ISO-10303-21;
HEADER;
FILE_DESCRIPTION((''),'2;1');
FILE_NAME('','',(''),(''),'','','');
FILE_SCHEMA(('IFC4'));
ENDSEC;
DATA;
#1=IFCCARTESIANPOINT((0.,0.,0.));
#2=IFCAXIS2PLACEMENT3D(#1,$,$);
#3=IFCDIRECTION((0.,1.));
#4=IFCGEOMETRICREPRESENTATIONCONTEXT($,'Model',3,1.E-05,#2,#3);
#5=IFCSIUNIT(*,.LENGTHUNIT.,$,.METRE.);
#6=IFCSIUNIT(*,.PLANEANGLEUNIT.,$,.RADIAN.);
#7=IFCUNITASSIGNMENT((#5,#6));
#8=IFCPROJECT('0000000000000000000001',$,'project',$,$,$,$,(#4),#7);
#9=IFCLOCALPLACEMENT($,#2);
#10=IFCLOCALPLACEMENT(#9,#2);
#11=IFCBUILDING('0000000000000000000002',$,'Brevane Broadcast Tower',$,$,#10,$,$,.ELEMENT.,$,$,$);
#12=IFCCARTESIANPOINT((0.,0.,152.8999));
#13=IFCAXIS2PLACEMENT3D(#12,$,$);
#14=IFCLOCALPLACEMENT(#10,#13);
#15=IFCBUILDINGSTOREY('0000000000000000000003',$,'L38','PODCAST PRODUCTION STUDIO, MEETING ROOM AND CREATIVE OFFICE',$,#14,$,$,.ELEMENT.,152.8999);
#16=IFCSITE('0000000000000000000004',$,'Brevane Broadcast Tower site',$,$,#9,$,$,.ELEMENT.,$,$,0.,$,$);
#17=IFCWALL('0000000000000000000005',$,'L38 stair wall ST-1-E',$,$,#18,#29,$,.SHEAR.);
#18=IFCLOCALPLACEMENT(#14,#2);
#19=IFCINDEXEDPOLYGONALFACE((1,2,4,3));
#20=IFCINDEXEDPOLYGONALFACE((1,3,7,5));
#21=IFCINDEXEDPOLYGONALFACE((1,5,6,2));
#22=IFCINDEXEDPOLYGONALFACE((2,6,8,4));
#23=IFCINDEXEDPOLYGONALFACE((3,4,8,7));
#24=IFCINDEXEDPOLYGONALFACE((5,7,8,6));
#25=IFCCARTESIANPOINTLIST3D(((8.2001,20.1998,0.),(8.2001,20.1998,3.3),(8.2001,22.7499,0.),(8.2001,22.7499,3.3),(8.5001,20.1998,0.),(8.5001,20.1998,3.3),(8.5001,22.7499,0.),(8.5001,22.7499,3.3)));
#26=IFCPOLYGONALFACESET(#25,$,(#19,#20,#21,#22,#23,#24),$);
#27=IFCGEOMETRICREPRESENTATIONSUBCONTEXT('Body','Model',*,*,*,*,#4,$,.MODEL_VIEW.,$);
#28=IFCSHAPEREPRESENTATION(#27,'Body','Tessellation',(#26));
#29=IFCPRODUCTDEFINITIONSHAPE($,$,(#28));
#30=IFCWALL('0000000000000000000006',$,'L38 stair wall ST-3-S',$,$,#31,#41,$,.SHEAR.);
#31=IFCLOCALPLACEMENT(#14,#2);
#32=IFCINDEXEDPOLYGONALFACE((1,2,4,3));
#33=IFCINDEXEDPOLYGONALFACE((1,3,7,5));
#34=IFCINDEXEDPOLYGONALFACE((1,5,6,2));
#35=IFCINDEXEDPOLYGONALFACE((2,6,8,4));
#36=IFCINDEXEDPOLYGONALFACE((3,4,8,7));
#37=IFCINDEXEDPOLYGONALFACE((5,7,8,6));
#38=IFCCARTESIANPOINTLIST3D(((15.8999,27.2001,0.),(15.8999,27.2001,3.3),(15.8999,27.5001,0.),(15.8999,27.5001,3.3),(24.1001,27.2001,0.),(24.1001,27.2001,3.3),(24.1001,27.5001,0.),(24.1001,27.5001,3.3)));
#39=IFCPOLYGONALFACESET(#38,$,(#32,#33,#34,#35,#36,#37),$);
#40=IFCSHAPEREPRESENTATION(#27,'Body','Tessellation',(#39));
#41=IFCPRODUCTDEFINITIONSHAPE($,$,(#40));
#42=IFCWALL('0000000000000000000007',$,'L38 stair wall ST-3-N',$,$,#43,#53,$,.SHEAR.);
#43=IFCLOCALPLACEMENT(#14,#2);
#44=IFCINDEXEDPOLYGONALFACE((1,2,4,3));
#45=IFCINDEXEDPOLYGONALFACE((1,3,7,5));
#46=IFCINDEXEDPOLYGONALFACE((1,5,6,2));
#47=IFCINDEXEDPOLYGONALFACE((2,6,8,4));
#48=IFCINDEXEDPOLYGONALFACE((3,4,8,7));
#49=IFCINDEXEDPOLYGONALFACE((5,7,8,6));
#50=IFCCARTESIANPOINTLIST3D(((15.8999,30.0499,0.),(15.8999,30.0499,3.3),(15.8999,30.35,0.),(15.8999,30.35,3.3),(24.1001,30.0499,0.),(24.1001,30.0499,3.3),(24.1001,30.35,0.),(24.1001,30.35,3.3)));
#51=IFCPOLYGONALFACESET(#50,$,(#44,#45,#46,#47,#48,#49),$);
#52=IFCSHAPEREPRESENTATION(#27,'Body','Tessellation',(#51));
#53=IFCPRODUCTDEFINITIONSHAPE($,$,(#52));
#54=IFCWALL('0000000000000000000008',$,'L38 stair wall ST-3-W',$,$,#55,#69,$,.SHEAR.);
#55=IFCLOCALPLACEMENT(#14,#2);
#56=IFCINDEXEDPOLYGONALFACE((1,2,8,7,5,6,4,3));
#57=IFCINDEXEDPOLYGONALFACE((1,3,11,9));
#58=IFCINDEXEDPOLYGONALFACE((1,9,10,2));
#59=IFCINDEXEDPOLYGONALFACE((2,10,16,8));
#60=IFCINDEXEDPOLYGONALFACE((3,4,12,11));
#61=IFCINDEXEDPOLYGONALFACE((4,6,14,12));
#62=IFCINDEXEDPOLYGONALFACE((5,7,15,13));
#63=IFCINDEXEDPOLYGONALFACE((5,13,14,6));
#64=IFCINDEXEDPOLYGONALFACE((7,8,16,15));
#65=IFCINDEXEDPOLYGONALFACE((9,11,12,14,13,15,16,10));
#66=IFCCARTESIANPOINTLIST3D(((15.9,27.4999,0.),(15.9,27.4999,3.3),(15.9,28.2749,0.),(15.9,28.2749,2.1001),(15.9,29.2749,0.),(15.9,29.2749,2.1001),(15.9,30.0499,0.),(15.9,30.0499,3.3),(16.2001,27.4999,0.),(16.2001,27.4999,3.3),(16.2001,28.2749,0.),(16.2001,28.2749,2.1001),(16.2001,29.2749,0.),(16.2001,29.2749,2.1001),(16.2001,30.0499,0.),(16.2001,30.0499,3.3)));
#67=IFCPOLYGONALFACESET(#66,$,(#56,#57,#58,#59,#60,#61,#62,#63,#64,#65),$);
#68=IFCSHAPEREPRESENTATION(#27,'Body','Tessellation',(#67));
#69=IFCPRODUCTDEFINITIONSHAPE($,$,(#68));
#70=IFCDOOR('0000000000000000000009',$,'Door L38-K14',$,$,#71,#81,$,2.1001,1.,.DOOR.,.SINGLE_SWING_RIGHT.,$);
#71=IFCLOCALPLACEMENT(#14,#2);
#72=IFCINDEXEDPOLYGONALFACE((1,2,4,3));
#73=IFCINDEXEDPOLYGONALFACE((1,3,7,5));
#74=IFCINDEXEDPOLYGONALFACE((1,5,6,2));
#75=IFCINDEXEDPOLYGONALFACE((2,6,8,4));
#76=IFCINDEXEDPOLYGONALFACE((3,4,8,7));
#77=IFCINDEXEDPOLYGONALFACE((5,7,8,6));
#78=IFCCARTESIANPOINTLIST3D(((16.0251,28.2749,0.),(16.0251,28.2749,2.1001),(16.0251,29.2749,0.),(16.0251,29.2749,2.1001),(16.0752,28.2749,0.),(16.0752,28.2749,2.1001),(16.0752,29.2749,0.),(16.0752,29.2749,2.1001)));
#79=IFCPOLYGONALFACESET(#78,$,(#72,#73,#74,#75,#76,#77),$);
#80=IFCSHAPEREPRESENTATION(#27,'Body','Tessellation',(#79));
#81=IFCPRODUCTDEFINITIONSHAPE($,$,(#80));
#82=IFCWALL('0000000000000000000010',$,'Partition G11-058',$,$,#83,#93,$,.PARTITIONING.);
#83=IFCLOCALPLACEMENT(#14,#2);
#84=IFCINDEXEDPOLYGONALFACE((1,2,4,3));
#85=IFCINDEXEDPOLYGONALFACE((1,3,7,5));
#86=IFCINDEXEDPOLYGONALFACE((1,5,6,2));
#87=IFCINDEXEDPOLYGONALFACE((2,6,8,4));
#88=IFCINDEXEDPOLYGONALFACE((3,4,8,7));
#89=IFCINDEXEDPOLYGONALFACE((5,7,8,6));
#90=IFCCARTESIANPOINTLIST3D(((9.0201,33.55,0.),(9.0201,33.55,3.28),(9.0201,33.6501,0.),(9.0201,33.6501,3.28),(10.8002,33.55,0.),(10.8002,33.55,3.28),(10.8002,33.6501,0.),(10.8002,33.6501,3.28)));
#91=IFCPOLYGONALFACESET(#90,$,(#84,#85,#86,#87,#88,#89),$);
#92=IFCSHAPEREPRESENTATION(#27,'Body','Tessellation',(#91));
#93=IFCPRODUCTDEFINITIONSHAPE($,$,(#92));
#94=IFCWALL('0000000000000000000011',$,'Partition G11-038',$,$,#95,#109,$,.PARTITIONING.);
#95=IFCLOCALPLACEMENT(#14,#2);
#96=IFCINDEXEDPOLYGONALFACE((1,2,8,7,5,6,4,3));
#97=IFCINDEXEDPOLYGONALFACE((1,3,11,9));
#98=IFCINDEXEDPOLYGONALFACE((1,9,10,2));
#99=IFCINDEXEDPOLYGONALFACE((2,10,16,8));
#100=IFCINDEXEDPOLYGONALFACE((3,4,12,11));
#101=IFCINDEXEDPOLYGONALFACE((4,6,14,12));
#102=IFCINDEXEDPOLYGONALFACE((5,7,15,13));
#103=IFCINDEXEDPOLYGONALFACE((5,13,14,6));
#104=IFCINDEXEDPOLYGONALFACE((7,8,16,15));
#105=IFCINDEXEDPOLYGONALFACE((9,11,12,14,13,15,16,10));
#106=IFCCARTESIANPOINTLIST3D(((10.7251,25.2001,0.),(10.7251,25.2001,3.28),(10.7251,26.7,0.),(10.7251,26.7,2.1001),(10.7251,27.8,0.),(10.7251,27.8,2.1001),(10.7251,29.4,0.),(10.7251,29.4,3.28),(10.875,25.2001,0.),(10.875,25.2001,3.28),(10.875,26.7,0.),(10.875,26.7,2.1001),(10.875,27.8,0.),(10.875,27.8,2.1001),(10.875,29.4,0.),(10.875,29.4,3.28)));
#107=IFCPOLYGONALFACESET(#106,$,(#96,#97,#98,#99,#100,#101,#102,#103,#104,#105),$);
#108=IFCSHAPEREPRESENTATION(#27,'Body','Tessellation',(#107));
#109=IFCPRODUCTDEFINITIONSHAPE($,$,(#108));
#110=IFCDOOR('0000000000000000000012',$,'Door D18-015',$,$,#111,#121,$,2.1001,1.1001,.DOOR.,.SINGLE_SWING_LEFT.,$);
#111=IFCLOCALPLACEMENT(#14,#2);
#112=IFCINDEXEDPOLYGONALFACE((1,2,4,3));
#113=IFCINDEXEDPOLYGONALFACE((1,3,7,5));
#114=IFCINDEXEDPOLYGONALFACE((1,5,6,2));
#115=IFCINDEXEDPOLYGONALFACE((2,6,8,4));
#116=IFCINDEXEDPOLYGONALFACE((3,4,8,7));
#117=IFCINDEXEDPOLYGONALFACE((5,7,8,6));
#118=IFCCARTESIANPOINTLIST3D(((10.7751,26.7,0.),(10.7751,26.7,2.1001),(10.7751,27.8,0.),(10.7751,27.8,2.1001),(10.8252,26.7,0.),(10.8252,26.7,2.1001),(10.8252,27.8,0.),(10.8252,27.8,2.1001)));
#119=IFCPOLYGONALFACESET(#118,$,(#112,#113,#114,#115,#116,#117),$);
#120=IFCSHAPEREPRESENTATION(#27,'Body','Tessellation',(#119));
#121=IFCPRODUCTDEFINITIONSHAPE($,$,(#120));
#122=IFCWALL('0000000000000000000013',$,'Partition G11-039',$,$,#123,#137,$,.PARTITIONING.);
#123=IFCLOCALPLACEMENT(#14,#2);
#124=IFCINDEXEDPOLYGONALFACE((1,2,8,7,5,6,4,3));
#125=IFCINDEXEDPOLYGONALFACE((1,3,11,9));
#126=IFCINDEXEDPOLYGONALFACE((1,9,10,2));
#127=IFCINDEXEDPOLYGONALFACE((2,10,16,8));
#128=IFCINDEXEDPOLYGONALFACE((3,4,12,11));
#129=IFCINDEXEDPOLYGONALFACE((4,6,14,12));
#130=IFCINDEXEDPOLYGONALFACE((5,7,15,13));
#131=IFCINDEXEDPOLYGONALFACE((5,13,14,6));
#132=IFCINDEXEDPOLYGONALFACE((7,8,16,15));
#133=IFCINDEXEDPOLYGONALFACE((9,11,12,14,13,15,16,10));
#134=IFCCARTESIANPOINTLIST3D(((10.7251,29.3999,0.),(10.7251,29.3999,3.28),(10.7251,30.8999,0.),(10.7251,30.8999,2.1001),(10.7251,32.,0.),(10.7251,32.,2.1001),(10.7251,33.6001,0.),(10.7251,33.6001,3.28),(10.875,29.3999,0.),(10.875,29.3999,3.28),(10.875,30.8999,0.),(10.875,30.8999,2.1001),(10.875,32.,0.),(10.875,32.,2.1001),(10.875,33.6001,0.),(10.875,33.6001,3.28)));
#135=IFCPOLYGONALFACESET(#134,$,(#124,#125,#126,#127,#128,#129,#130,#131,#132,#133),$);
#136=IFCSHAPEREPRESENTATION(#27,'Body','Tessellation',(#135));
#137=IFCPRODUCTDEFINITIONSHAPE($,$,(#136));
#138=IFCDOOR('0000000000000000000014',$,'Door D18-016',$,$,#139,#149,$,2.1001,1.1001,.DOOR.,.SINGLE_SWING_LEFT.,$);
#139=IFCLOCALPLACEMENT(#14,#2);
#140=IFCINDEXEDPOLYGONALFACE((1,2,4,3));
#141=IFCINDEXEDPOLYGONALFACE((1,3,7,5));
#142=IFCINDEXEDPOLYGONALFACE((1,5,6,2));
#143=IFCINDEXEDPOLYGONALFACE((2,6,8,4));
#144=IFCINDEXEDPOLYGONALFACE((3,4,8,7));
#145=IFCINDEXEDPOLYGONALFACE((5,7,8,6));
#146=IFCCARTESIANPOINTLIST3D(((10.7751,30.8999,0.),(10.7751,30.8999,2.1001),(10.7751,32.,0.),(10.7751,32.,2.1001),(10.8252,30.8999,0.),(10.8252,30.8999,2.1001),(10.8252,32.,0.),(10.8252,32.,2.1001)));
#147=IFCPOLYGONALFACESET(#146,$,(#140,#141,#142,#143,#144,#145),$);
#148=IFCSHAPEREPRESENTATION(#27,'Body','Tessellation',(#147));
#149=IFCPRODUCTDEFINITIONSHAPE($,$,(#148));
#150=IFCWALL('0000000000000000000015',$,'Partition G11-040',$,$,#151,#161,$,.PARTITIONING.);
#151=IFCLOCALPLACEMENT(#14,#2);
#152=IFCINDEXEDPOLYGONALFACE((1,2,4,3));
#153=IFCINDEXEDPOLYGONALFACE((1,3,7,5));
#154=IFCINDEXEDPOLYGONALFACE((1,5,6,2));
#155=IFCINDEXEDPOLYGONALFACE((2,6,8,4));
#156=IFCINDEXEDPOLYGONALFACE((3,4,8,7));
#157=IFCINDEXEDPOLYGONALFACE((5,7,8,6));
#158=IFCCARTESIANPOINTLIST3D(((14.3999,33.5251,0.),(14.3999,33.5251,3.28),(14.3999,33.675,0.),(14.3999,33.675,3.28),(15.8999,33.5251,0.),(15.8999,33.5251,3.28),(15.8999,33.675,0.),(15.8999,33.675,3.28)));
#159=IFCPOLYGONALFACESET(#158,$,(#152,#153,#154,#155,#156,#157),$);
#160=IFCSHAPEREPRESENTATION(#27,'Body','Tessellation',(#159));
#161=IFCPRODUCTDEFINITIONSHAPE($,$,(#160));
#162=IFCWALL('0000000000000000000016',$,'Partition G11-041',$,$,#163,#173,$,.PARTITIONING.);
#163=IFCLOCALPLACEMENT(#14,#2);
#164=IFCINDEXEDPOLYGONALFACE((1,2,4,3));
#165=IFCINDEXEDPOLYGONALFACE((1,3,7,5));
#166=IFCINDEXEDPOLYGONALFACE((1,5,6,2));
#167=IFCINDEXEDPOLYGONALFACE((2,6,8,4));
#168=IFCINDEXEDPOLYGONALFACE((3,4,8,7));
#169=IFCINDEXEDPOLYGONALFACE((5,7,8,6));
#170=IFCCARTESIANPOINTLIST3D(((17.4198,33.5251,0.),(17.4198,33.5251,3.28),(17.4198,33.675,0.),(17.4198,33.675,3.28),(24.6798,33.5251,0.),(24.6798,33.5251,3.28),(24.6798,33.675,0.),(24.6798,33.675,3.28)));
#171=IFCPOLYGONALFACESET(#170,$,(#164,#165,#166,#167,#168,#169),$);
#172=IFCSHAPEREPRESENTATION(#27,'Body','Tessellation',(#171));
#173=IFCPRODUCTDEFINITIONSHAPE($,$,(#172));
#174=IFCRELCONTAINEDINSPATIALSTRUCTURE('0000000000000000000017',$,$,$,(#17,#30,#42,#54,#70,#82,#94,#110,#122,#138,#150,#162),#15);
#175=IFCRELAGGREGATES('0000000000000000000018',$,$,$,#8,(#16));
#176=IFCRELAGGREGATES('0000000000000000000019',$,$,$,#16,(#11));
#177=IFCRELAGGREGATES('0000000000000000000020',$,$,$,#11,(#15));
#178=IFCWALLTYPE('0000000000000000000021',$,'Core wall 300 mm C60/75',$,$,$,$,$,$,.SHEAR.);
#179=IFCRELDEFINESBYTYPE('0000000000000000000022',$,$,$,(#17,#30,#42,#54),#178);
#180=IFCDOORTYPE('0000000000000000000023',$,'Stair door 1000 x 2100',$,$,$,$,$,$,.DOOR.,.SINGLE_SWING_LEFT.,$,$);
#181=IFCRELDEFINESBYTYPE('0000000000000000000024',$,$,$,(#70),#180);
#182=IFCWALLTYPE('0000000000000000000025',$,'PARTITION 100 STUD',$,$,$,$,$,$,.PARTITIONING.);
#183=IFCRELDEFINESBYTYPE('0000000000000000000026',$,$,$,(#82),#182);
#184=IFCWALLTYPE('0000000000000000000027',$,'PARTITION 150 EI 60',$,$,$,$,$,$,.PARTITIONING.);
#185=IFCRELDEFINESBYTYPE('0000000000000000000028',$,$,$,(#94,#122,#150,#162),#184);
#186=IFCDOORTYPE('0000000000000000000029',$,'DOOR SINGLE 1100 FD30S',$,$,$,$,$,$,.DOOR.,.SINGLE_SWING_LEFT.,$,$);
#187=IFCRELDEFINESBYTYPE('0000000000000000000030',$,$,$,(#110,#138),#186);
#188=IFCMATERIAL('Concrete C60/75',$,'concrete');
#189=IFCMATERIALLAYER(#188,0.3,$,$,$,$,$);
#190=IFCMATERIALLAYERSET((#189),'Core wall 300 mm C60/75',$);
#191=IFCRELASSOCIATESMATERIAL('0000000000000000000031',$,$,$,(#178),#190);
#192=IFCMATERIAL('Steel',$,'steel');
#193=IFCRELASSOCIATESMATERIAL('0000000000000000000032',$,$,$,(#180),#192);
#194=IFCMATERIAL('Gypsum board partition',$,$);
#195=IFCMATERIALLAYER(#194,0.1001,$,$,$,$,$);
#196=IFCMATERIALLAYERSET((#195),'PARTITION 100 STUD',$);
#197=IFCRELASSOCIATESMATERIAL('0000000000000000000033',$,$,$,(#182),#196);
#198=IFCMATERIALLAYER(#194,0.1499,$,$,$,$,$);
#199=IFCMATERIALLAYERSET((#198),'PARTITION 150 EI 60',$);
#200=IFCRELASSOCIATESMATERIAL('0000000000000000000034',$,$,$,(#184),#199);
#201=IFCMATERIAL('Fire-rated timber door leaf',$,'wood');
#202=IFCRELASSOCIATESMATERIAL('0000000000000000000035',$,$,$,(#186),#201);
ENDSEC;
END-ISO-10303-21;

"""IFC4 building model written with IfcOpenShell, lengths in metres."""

from ifc_helpers import new_model, si_unit, direction, frame, frame_2d, origin, place, context, subcontext, project, spatial, rectangle, extrude, material, layer, layer_set, type_object, element, fill, save


model = new_model("IFC4")

# Units and contexts
model_context = context("Model", 3, precision=1e-05, world=origin(), true_north=direction((0.0, 1.0)))
body_context = subcontext(model_context, "Body", "Model", "MODEL_VIEW")
ifc_project = project(units=[si_unit("LENGTHUNIT", "METRE"), si_unit("PLANEANGLEUNIT", "RADIAN")], contexts=[model_context])

# Site, building, storey
site_placement = place(None, origin())
site = spatial("IfcSite", under=ifc_project, at=site_placement, Name="Brevane Broadcast Tower site", CompositionType="ELEMENT", RefElevation=0.0)
building_placement = place(site_placement, origin())
building = spatial("IfcBuilding", under=site, at=building_placement, Name="Brevane Broadcast Tower", CompositionType="ELEMENT")
storey_placement = place(building_placement, frame((0.0, 0.0, 152.8999)))
storey = spatial("IfcBuildingStorey", under=building, at=storey_placement, Name="L38", Description="PODCAST PRODUCTION STUDIO, MEETING ROOM AND CREATIVE OFFICE", CompositionType="ELEMENT", Elevation=152.8999)

# Shared definitions
ifc_material_1 = material(Name="Concrete C60/75", Category="concrete")

# Shared definitions
ifc_material_2 = material(Name="Steel", Category="steel")

# Shared definitions
ifc_layer_1 = layer(ifc_material_1, 0.3)
ifc_layer_set_1 = layer_set([ifc_layer_1], Name="Core wall 300 mm C60/75")
wall_type_1 = type_object("IfcWallType", Name="Core wall 300 mm C60/75", PredefinedType="SHEAR", material=ifc_layer_set_1)
door_type_1 = type_object("IfcDoorType", Name="Stair door 1000 x 2100", OperationType="SINGLE_SWING_LEFT", PredefinedType="DOOR", material=ifc_material_2)

# Walls
wall_1_placement = place(storey_placement, frame((8.3501, 20.2, 0.0), z_axis=(0.0, 0.0, 1.0), x_axis=(0.0, 1.0, 0.0)))
element("IfcWall", 1, at=wall_1_placement, inside=storey, type_object=wall_type_1, Name="L38 stair wall ST-1-E", PredefinedType="SHEAR", context=body_context, shape_type="SweptSolid", body=[
    extrude(rectangle(XDim=2.55, YDim=0.3, at=frame_2d((1.2749, 0.0))), origin(), (0.0, 0.0, 1.0), 3.3),
])
for number, where, z_axis, x_axis, name in (
    (2, (15.8999, 27.3501, 0.0), (0.0, 0.0, 1.0), (1.0, 0.0, 0.0), "L38 stair wall ST-3-S"),
    (3, (15.8999, 30.2, 0.0), (0.0, 0.0, 1.0), (1.0, 0.0, 0.0), "L38 stair wall ST-3-N"),
):
    element("IfcWall", number, at=place(storey_placement, frame(where, z_axis=z_axis, x_axis=x_axis)), inside=storey, type_object=wall_type_1, Name=name, PredefinedType="SHEAR", context=body_context, shape_type="SweptSolid", body=[
        extrude(rectangle(XDim=8.2002, YDim=0.3, at=frame_2d((4.1001, 0.0))), origin(), (0.0, 0.0, 1.0), 3.3),
    ])

# Wall, opening, door
wall_2_placement = place(storey_placement, frame((16.05, 27.5, 0.0), z_axis=(0.0, 0.0, 1.0), x_axis=(0.0, 1.0, 0.0)))
wall_2 = element("IfcWall", 4, at=wall_2_placement, inside=storey, type_object=wall_type_1, Name="L38 stair wall ST-3-W", PredefinedType="SHEAR", context=body_context, shape_type="SweptSolid", body=[
    extrude(rectangle(XDim=2.55, YDim=0.3, at=frame_2d((1.2749, 0.0))), origin(), (0.0, 0.0, 1.0), 3.3),
])
opening_1_placement = place(wall_2_placement, frame((0.7749, 0.0, 0.0)))
opening_1 = element("IfcOpeningElement", 5, at=opening_1_placement, cuts=wall_2, PredefinedType="OPENING", context=body_context, shape_type="SweptSolid", body=[
    extrude(rectangle(XDim=1.0, YDim=2.1001, at=frame_2d((0.5, 1.05))), frame((0.0, 0.1599, 0.0), z_axis=(0.0, -1.0, 0.0), x_axis=(1.0, 0.0, 0.0)), (0.0, 0.0, 1.0), 0.3201),
])
door_1_placement = place(opening_1_placement, origin())
door_1 = element("IfcDoor", 6, at=door_1_placement, inside=storey, type_object=door_type_1, Name="Door L38-K14", OperationType="SINGLE_SWING_RIGHT", OverallHeight=2.1001, OverallWidth=1.0, PredefinedType="DOOR", context=body_context, shape_type="SweptSolid", body=[
    extrude(rectangle(XDim=1.0, YDim=2.1001, at=frame_2d((0.5, 1.05))), frame((0.0, 0.0249, 0.0), z_axis=(0.0, -1.0, 0.0), x_axis=(1.0, 0.0, 0.0)), (0.0, 0.0, 1.0), 0.05),
])
fill(opening_1, door_1)

# Wall
ifc_material_3 = material(Name="Gypsum board partition")
ifc_layer_2 = layer(ifc_material_3, 0.1001)
ifc_layer_set_2 = layer_set([ifc_layer_2], Name="PARTITION 100 STUD")
wall_type_2 = type_object("IfcWallType", Name="PARTITION 100 STUD", PredefinedType="PARTITIONING", material=ifc_layer_set_2)
wall_3_placement = place(storey_placement, frame((9.02, 33.6001, 0.0), z_axis=(0.0, 0.0, 1.0), x_axis=(1.0, 0.0, 0.0)))
element("IfcWall", 7, at=wall_3_placement, inside=storey, type_object=wall_type_2, Name="Partition G11-058", PredefinedType="PARTITIONING", context=body_context, shape_type="SweptSolid", body=[
    extrude(rectangle(XDim=1.78, YDim=0.1001, at=frame_2d((0.8901, 0.0))), origin(), (0.0, 0.0, 1.0), 3.28),
])

# Walls, openings, doors
ifc_layer_3 = layer(ifc_material_3, 0.1499)
ifc_layer_set_3 = layer_set([ifc_layer_3], Name="PARTITION 150 EI 60")
wall_type_3 = type_object("IfcWallType", Name="PARTITION 150 EI 60", PredefinedType="PARTITIONING", material=ifc_layer_set_3)
wall_4_placement = place(storey_placement, frame((10.8, 25.2, 0.0), z_axis=(0.0, 0.0, 1.0), x_axis=(0.0, 1.0, 0.0)))
wall_4 = element("IfcWall", 8, at=wall_4_placement, inside=storey, type_object=wall_type_3, Name="Partition G11-038", PredefinedType="PARTITIONING", context=body_context, shape_type="SweptSolid", body=[
    extrude(rectangle(XDim=4.2, YDim=0.1499, at=frame_2d((2.1001, 0.0))), origin(), (0.0, 0.0, 1.0), 3.28),
])
opening_2_placement = place(wall_4_placement, frame((1.5, 0.0, 0.0)))
opening_2 = element("IfcOpeningElement", 9, at=opening_2_placement, cuts=wall_4, PredefinedType="OPENING", context=body_context, shape_type="SweptSolid", body=[
    extrude(rectangle(XDim=1.1001, YDim=2.1001, at=frame_2d((0.55, 1.05))), frame((0.0, 0.085, 0.0), z_axis=(0.0, -1.0, 0.0), x_axis=(1.0, 0.0, 0.0)), (0.0, 0.0, 1.0), 0.1699),
])
ifc_material_4 = material(Name="Fire-rated timber door leaf", Category="wood")
door_type_2 = type_object("IfcDoorType", Name="DOOR SINGLE 1100 FD30S", OperationType="SINGLE_SWING_LEFT", PredefinedType="DOOR", material=ifc_material_4)
door_2_placement = place(opening_2_placement, origin())
door_2 = element("IfcDoor", 10, at=door_2_placement, inside=storey, type_object=door_type_2, Name="Door D18-015", OperationType="SINGLE_SWING_LEFT", OverallHeight=2.1001, OverallWidth=1.1001, PredefinedType="DOOR", context=body_context, shape_type="SweptSolid", body=[
    extrude(rectangle(XDim=1.1001, YDim=2.1001, at=frame_2d((0.55, 1.05))), frame((0.0, 0.0249, 0.0), z_axis=(0.0, -1.0, 0.0), x_axis=(1.0, 0.0, 0.0)), (0.0, 0.0, 1.0), 0.05),
])
fill(opening_2, door_2)
wall_5_placement = place(storey_placement, frame((10.8, 29.3999, 0.0), z_axis=(0.0, 0.0, 1.0), x_axis=(0.0, 1.0, 0.0)))
wall_5 = element("IfcWall", 11, at=wall_5_placement, inside=storey, type_object=wall_type_3, Name="Partition G11-039", PredefinedType="PARTITIONING", context=body_context, shape_type="SweptSolid", body=[
    extrude(rectangle(XDim=4.2002, YDim=0.1499, at=frame_2d((2.1001, 0.0))), origin(), (0.0, 0.0, 1.0), 3.28),
])
opening_3_placement = place(wall_5_placement, frame((1.5, 0.0, 0.0)))
opening_3 = element("IfcOpeningElement", 12, at=opening_3_placement, cuts=wall_5, PredefinedType="OPENING", context=body_context, shape_type="SweptSolid", body=[
    extrude(rectangle(XDim=1.1001, YDim=2.1001, at=frame_2d((0.55, 1.05))), frame((0.0, 0.085, 0.0), z_axis=(0.0, -1.0, 0.0), x_axis=(1.0, 0.0, 0.0)), (0.0, 0.0, 1.0), 0.1699),
])
door_3_placement = place(opening_3_placement, origin())
door_3 = element("IfcDoor", 13, at=door_3_placement, inside=storey, type_object=door_type_2, Name="Door D18-016", OperationType="SINGLE_SWING_LEFT", OverallHeight=2.1001, OverallWidth=1.1001, PredefinedType="DOOR", context=body_context, shape_type="SweptSolid", body=[
    extrude(rectangle(XDim=1.1001, YDim=2.1001, at=frame_2d((0.55, 1.05))), frame((0.0, 0.0249, 0.0), z_axis=(0.0, -1.0, 0.0), x_axis=(1.0, 0.0, 0.0)), (0.0, 0.0, 1.0), 0.05),
])
fill(opening_3, door_3)

# Walls
wall_6_placement = place(storey_placement, frame((14.3999, 33.6001, 0.0), z_axis=(0.0, 0.0, 1.0), x_axis=(1.0, 0.0, 0.0)))
element("IfcWall", 14, at=wall_6_placement, inside=storey, type_object=wall_type_3, Name="Partition G11-040", PredefinedType="PARTITIONING", context=body_context, shape_type="SweptSolid", body=[
    extrude(rectangle(XDim=1.5, YDim=0.1499, at=frame_2d((0.75, 0.0))), origin(), (0.0, 0.0, 1.0), 3.28),
])
wall_7_placement = place(storey_placement, frame((17.4199, 33.6001, 0.0), z_axis=(0.0, 0.0, 1.0), x_axis=(1.0, 0.0, 0.0)))
element("IfcWall", 15, at=wall_7_placement, inside=storey, type_object=wall_type_3, Name="Partition G11-041", PredefinedType="PARTITIONING", context=body_context, shape_type="SweptSolid", body=[
    extrude(rectangle(XDim=7.26, YDim=0.1499, at=frame_2d((3.6299, 0.0))), origin(), (0.0, 0.0, 1.0), 3.28),
])

save(model, "model.ifc")
